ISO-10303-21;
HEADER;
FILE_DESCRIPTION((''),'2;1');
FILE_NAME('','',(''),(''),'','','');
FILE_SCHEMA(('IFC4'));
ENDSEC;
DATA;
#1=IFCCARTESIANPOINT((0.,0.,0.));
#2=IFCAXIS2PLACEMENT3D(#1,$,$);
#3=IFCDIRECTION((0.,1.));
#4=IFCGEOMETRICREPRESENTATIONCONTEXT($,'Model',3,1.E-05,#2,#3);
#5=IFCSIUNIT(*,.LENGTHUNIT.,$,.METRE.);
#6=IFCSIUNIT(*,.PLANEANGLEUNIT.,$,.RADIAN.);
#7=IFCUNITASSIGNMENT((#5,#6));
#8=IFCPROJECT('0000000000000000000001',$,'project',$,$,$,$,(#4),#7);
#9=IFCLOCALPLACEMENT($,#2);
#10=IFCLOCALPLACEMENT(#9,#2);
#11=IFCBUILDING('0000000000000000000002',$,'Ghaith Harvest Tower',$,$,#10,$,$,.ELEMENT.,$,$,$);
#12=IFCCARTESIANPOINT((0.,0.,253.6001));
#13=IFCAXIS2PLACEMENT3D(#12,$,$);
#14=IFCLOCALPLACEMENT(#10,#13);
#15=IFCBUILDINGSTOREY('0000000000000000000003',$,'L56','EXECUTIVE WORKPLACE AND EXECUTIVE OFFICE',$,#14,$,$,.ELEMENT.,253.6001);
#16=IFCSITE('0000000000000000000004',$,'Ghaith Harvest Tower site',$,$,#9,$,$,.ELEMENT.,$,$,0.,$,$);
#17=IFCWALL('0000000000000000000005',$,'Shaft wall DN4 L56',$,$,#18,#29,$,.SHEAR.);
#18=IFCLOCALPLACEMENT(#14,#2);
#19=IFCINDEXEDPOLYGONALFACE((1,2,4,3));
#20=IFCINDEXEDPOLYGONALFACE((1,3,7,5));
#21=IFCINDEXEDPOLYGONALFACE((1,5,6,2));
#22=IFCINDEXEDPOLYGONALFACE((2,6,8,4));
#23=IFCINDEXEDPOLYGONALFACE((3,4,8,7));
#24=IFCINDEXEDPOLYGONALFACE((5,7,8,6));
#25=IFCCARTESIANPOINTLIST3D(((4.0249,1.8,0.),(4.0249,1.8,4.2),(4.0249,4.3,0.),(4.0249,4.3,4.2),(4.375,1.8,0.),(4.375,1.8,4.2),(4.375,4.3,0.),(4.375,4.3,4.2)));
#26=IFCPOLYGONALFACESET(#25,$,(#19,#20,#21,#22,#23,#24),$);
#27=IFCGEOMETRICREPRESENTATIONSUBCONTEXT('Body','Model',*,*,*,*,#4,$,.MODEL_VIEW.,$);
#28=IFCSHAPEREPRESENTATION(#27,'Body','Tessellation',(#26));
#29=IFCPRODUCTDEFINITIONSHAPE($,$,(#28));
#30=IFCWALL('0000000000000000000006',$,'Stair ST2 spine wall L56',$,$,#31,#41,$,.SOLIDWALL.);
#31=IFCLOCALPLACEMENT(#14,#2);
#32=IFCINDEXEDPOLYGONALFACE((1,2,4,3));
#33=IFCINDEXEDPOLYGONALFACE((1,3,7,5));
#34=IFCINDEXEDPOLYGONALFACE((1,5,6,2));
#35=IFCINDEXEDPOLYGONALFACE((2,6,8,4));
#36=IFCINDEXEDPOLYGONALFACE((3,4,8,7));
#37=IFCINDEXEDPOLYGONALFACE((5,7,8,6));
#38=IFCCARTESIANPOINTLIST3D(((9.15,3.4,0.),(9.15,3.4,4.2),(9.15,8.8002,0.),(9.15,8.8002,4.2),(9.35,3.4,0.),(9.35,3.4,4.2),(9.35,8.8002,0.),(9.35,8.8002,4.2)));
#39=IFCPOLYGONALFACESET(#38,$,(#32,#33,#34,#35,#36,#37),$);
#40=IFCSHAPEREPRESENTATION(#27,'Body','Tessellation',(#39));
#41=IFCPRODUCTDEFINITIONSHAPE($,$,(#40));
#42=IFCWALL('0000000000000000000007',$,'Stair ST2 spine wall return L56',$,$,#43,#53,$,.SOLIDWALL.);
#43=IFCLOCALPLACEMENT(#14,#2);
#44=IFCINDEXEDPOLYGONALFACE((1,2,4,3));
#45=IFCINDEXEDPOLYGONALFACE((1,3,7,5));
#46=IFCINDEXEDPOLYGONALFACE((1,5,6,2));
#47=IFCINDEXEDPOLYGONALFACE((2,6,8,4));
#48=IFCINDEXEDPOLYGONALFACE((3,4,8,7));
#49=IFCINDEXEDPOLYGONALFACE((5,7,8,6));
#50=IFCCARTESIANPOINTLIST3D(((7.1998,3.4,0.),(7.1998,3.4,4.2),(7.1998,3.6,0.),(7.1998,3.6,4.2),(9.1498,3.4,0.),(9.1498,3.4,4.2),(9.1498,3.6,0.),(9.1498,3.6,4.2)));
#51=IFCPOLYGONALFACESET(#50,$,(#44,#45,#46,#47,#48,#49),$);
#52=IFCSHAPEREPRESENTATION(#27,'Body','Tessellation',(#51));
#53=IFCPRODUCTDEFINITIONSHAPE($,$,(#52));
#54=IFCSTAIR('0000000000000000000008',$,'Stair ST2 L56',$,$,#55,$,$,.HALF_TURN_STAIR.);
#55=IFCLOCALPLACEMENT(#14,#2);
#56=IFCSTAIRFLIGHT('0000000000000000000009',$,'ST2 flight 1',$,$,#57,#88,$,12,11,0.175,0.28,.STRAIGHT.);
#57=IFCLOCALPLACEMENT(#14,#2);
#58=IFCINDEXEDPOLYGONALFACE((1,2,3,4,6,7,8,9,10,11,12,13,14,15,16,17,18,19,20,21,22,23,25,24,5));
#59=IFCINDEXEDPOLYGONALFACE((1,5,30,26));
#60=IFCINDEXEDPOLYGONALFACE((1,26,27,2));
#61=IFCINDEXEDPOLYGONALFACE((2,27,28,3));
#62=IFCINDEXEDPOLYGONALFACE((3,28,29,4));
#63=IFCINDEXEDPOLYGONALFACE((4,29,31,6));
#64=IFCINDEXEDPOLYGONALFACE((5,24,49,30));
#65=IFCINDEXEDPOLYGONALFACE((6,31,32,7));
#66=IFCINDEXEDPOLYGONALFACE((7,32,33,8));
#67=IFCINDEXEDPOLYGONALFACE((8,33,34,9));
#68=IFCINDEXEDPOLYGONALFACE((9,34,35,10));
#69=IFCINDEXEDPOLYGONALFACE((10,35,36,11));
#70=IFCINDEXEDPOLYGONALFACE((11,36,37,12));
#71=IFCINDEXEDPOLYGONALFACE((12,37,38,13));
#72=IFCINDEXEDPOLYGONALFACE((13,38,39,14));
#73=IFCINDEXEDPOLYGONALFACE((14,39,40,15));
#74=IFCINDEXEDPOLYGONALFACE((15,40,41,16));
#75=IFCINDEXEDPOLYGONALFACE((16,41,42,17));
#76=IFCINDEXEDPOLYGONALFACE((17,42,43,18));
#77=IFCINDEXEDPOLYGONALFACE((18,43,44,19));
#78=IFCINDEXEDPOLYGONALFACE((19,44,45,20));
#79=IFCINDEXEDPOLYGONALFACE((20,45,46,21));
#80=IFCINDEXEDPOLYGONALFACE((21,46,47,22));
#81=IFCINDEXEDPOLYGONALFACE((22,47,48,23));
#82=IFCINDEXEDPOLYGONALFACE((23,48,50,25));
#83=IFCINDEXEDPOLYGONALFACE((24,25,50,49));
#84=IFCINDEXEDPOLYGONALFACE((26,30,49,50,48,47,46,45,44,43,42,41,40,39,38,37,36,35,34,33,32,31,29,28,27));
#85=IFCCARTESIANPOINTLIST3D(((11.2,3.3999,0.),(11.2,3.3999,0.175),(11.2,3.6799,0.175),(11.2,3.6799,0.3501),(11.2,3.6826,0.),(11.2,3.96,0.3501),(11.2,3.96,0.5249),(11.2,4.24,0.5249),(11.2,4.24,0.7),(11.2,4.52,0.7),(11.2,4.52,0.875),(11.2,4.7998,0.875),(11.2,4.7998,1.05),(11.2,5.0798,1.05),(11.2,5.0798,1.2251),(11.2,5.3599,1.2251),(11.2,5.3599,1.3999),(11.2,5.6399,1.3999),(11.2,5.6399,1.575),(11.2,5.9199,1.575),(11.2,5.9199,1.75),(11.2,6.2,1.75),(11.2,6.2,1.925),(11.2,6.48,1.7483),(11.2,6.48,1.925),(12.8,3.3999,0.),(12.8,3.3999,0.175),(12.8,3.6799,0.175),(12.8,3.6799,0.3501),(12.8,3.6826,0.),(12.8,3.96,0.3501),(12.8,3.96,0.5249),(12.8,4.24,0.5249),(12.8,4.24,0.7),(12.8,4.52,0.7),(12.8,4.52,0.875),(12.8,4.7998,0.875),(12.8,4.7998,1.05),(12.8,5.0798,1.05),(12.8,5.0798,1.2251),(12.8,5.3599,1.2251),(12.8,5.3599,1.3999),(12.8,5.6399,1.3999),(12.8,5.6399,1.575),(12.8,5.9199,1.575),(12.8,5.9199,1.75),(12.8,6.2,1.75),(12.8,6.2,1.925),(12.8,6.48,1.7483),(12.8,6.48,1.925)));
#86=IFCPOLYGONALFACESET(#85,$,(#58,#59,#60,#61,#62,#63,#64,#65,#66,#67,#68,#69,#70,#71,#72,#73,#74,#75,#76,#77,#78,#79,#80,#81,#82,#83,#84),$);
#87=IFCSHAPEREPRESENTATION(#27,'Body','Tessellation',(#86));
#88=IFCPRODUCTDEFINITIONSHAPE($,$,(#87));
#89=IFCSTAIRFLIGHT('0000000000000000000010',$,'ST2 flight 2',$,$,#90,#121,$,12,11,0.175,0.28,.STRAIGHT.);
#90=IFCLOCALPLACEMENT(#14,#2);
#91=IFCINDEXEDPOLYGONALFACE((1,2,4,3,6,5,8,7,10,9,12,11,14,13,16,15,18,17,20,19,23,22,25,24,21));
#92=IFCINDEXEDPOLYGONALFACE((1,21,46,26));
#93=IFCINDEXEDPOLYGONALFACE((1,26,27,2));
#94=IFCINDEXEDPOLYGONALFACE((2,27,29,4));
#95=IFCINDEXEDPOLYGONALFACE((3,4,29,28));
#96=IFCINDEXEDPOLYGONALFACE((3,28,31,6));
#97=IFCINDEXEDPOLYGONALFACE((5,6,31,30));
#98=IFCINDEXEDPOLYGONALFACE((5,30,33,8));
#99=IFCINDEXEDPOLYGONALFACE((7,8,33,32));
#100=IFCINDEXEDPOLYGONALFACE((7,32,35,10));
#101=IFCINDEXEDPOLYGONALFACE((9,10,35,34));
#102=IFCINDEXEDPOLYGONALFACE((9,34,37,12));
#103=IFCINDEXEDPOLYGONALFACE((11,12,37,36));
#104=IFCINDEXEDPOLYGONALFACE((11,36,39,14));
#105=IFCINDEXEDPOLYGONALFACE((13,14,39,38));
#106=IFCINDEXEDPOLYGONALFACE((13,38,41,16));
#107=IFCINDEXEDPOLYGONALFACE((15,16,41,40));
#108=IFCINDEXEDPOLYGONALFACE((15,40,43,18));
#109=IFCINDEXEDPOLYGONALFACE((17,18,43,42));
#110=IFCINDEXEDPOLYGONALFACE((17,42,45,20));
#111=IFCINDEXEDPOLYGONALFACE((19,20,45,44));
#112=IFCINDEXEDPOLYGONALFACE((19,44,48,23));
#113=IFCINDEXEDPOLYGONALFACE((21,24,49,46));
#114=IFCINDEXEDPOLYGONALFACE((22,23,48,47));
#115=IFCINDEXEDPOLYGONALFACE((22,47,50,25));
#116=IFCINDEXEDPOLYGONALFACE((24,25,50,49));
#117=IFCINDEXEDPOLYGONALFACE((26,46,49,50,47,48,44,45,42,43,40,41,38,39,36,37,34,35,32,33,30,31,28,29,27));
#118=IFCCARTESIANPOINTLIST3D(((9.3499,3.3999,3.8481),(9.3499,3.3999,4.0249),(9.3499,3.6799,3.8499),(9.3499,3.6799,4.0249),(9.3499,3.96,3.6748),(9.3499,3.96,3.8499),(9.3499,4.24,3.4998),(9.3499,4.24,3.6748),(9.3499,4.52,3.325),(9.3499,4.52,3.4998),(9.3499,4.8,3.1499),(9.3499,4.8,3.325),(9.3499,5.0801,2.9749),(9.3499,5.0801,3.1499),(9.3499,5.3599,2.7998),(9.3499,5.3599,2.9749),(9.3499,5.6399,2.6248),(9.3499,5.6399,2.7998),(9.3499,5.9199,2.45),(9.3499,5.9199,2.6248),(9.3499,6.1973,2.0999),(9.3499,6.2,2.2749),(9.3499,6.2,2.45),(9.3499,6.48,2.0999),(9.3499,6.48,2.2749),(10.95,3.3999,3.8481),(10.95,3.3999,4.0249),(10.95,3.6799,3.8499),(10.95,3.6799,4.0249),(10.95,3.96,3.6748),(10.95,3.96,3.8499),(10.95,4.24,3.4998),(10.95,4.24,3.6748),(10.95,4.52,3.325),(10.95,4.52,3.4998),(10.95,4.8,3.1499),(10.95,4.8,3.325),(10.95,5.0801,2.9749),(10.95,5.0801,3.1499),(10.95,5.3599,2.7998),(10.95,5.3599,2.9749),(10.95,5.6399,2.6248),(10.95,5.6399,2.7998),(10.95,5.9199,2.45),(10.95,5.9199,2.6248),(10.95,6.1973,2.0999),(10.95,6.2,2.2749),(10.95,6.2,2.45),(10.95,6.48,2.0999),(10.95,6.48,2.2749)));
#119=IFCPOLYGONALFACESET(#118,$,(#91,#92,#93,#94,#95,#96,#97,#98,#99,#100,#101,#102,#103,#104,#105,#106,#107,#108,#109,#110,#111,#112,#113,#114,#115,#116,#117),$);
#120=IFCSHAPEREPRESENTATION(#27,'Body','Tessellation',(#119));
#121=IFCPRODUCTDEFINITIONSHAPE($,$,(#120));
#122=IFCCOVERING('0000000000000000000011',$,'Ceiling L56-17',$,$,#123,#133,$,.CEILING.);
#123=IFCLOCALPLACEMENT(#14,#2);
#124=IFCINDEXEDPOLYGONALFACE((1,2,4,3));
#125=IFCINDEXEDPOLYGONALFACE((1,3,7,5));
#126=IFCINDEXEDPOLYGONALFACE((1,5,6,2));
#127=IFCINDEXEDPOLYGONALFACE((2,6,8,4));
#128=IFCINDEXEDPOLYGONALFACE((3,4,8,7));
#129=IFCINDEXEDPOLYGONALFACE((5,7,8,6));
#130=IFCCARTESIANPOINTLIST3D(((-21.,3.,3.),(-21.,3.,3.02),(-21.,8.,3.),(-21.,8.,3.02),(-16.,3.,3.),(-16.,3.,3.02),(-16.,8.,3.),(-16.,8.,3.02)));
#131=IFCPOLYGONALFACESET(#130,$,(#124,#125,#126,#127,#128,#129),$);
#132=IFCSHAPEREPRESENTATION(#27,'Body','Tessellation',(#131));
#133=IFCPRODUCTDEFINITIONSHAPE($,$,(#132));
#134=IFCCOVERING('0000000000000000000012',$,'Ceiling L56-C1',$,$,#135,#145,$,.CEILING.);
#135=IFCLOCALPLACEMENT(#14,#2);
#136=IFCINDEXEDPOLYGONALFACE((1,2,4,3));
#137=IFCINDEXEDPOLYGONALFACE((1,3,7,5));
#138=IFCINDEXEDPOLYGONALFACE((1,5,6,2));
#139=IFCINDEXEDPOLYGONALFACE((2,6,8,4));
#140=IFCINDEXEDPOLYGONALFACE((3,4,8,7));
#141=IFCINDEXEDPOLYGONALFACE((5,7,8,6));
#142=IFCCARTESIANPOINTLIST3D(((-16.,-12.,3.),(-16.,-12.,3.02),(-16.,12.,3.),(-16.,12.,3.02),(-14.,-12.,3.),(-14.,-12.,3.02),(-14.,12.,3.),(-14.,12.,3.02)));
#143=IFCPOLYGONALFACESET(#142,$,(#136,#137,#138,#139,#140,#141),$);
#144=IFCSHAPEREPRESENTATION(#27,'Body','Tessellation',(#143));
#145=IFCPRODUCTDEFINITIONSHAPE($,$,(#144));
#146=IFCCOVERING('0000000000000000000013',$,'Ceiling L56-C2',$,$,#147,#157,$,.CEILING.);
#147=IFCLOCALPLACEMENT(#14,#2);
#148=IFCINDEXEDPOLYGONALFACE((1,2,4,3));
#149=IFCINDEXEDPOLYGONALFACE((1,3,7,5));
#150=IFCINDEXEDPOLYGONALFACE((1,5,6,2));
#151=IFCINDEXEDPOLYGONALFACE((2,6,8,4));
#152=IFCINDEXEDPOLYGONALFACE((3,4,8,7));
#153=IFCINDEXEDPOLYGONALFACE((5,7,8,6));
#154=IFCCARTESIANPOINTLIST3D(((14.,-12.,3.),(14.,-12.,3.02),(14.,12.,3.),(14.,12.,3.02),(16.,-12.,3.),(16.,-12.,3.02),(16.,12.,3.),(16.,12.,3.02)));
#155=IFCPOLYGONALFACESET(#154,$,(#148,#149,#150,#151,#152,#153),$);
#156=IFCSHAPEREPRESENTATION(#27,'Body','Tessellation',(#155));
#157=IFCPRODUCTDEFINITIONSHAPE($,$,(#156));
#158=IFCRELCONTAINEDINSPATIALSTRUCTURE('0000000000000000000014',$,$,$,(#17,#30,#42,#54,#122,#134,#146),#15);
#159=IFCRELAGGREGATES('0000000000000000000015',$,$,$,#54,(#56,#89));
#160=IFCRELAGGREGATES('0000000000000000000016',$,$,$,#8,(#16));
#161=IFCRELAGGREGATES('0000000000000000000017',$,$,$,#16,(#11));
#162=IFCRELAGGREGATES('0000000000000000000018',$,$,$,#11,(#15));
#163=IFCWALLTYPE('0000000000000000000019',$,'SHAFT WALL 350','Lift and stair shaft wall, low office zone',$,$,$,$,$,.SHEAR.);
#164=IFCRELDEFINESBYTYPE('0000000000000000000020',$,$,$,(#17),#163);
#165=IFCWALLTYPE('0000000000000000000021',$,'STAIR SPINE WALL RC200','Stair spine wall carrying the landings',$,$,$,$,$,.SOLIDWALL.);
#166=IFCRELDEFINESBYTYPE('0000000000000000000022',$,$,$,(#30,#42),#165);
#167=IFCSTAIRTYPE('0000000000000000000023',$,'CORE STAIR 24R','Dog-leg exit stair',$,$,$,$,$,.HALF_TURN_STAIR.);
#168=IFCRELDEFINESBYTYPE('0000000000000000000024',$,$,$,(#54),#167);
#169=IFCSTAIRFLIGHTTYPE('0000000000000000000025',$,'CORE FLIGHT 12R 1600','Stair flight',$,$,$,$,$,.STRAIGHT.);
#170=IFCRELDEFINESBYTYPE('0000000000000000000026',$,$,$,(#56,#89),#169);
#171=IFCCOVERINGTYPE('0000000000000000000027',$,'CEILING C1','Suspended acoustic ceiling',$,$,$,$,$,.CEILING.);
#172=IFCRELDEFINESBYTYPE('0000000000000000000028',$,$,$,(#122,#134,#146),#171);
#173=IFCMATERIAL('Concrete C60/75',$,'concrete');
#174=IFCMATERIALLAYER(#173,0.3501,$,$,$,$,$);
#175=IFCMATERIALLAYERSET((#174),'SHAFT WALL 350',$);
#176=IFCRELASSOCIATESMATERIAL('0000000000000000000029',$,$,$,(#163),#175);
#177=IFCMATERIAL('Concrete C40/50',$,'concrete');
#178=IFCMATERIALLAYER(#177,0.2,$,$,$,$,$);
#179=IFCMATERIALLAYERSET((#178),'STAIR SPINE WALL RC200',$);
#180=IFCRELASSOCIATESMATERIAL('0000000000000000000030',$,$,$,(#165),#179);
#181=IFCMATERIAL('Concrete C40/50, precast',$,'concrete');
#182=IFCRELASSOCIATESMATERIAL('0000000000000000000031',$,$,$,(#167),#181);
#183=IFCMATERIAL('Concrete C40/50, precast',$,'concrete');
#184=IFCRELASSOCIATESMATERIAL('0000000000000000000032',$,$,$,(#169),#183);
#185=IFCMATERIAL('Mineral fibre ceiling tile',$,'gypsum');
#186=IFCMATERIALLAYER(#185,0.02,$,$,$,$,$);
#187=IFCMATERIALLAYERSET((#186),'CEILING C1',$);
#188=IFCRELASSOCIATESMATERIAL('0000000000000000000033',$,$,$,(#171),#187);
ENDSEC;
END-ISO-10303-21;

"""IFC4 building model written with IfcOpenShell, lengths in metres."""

from ifc_helpers import new_model, si_unit, direction, frame, frame_2d, origin, place, context, subcontext, project, spatial, polyline, rectangle, outline, extrude, material, layer, layer_set, type_object, element, aggregate, save


model = new_model("IFC4")

# Units and contexts
model_context = context("Model", 3, precision=1e-05, world=origin(), true_north=direction((0.0, 1.0)))
body_context = subcontext(model_context, "Body", "Model", "MODEL_VIEW")
ifc_project = project(units=[si_unit("LENGTHUNIT", "METRE"), si_unit("PLANEANGLEUNIT", "RADIAN")], contexts=[model_context])

# Site, building, storey
site_placement = place(None, origin())
site = spatial("IfcSite", under=ifc_project, at=site_placement, Name="Ghaith Harvest Tower site", CompositionType="ELEMENT", RefElevation=0.0)
building_placement = place(site_placement, origin())
building = spatial("IfcBuilding", under=site, at=building_placement, Name="Ghaith Harvest Tower", CompositionType="ELEMENT")
storey_placement = place(building_placement, frame((0.0, 0.0, 253.6001)))
storey = spatial("IfcBuildingStorey", under=building, at=storey_placement, Name="L56", Description="EXECUTIVE WORKPLACE AND EXECUTIVE OFFICE", CompositionType="ELEMENT", Elevation=253.6001)

# Shared definitions
ifc_material_1 = material(Name="Concrete C60/75", Category="concrete")
ifc_layer_1 = layer(ifc_material_1, 0.3501)
ifc_layer_set_1 = layer_set([ifc_layer_1], Name="SHAFT WALL 350")
wall_type_1 = type_object("IfcWallType", Name="SHAFT WALL 350", Description="Lift and stair shaft wall, low office zone", PredefinedType="SHEAR", material=ifc_layer_set_1)

# Walls
wall_1_placement = place(storey_placement, frame((4.2, 1.8, 0.0), z_axis=(0.0, 0.0, 1.0), x_axis=(0.0, 1.0, 0.0)))
element("IfcWall", 1, at=wall_1_placement, inside=storey, type_object=wall_type_1, Name="Shaft wall DN4 L56", PredefinedType="SHEAR", context=body_context, shape_type="SweptSolid", body=[
    extrude(rectangle(XDim=2.5, YDim=0.3501, at=frame_2d((1.25, 0.0))), origin(), (0.0, 0.0, 1.0), 4.2),
])
ifc_material_2 = material(Name="Concrete C40/50", Category="concrete")
ifc_layer_2 = layer(ifc_material_2, 0.2)
ifc_layer_set_2 = layer_set([ifc_layer_2], Name="STAIR SPINE WALL RC200")
wall_type_2 = type_object("IfcWallType", Name="STAIR SPINE WALL RC200", Description="Stair spine wall carrying the landings", PredefinedType="SOLIDWALL", material=ifc_layer_set_2)
wall_2_placement = place(storey_placement, frame((9.25, 3.3999, 0.0), z_axis=(0.0, 0.0, 1.0), x_axis=(0.0, 1.0, 0.0)))
element("IfcWall", 2, at=wall_2_placement, inside=storey, type_object=wall_type_2, Name="Stair ST2 spine wall L56", PredefinedType="SOLIDWALL", context=body_context, shape_type="SweptSolid", body=[
    extrude(rectangle(XDim=5.4001, YDim=0.2, at=frame_2d((2.7002, 0.0))), origin(), (0.0, 0.0, 1.0), 4.2),
])
wall_3_placement = place(storey_placement, frame((9.1499, 3.5, 0.0), z_axis=(0.0, 0.0, 1.0), x_axis=(-1.0, 0.0, 0.0)))
element("IfcWall", 3, at=wall_3_placement, inside=storey, type_object=wall_type_2, Name="Stair ST2 spine wall return L56", PredefinedType="SOLIDWALL", context=body_context, shape_type="SweptSolid", body=[
    extrude(rectangle(XDim=1.95, YDim=0.2, at=frame_2d((0.9751, 0.0))), origin(), (0.0, 0.0, 1.0), 4.2),
])

# Stair, stair flights
ifc_material_3 = material(Name="Concrete C40/50, precast", Category="concrete")
stair_type = type_object("IfcStairType", Name="CORE STAIR 24R", Description="Dog-leg exit stair", PredefinedType="HALF_TURN_STAIR", material=ifc_material_3)
stair_placement = place(storey_placement, origin())
stair = element("IfcStair", 4, at=stair_placement, inside=storey, type_object=stair_type, Name="Stair ST2 L56", PredefinedType="HALF_TURN_STAIR")
ifc_material_4 = material(Name="Concrete C40/50, precast", Category="concrete")
stair_flight_type = type_object("IfcStairFlightType", Name="CORE FLIGHT 12R 1600", Description="Stair flight", PredefinedType="STRAIGHT", material=ifc_material_4)
stair_flight_1_placement = place(storey_placement, frame((12.0, 3.3999, 0.0), z_axis=(0.0, 0.0, 1.0), x_axis=(0.0, 1.0, 0.0)))
stair_flight_1 = element("IfcStairFlight", 5, at=stair_flight_1_placement, type_object=stair_flight_type, Name="ST2 flight 1", NumberOfRisers=12, NumberOfTreads=11, PredefinedType="STRAIGHT", RiserHeight=0.175, TreadLength=0.28, context=body_context, shape_type="SweptSolid", body=[
    extrude(outline(polyline([(0.0, 0.0), (0.0, 0.175), (0.28, 0.175), (0.28, 0.3501), (0.5601, 0.3501), (0.5601, 0.5249), (0.8401, 0.5249), (0.8401, 0.7), (1.1201, 0.7), (1.1201, 0.875), (1.3999, 0.875), (1.3999, 1.05), (1.6799, 1.05), (1.6799, 1.2251), (1.96, 1.2251), (1.96, 1.3999), (2.24, 1.3999), (2.24, 1.575), (2.52, 1.575), (2.52, 1.75), (2.8, 1.75), (2.8, 1.925), (3.0801, 1.925), (3.0801, 2.1001), (3.0801, 1.7483), (0.2827, 0.0), (0.0, 0.0)])), frame((0.0, 0.8, 0.0), z_axis=(0.0, -1.0, 0.0), x_axis=(1.0, 0.0, 0.0)), (0.0, 0.0, 1.0), 1.6001),
])
stair_flight_2_placement = place(storey_placement, frame((10.1499, 6.48, 2.0999), z_axis=(0.0, 0.0, 1.0), x_axis=(0.0, -1.0, 0.0)))
stair_flight_2 = element("IfcStairFlight", 6, at=stair_flight_2_placement, type_object=stair_flight_type, Name="ST2 flight 2", NumberOfRisers=12, NumberOfTreads=11, PredefinedType="STRAIGHT", RiserHeight=0.175, TreadLength=0.28, context=body_context, shape_type="SweptSolid", body=[
    extrude(outline(polyline([(0.0, 0.0), (0.0, 0.175), (0.28, 0.175), (0.28, 0.3501), (0.5601, 0.3501), (0.5601, 0.5249), (0.8401, 0.5249), (0.8401, 0.7), (1.1201, 0.7), (1.1201, 0.875), (1.3999, 0.875), (1.3999, 1.05), (1.6799, 1.05), (1.6799, 1.2251), (1.96, 1.2251), (1.96, 1.3999), (2.24, 1.3999), (2.24, 1.575), (2.52, 1.575), (2.52, 1.75), (2.8, 1.75), (2.8, 1.925), (3.0801, 1.925), (3.0801, 2.1001), (3.0801, 1.7483), (0.2827, 0.0), (0.0, 0.0)])), frame((0.0, 0.8, 0.0), z_axis=(0.0, -1.0, 0.0), x_axis=(1.0, 0.0, 0.0)), (0.0, 0.0, 1.0), 1.6001),
])
aggregate(stair, [stair_flight_1, stair_flight_2])

# Coverings
ifc_material_5 = material(Name="Mineral fibre ceiling tile", Category="gypsum")
ifc_layer_3 = layer(ifc_material_5, 0.02)
ifc_layer_set_3 = layer_set([ifc_layer_3], Name="CEILING C1")
covering_type = type_object("IfcCoveringType", Name="CEILING C1", Description="Suspended acoustic ceiling", PredefinedType="CEILING", material=ifc_layer_set_3)
covering_1_placement = place(storey_placement, frame((0.0, 0.0, 3.0)))
element("IfcCovering", 7, at=covering_1_placement, inside=storey, type_object=covering_type, Name="Ceiling L56-17", PredefinedType="CEILING", context=body_context, shape_type="SweptSolid", body=[
    extrude(outline(polyline([(-21.0, 3.0), (-16.0, 3.0), (-16.0, 8.0), (-21.0, 8.0), (-21.0, 3.0)])), origin(), (0.0, 0.0, 1.0), 0.02),
])
covering_2_placement = place(storey_placement, frame((0.0, 0.0, 3.0)))
element("IfcCovering", 8, at=covering_2_placement, inside=storey, type_object=covering_type, Name="Ceiling L56-C1", PredefinedType="CEILING", context=body_context, shape_type="SweptSolid", body=[
    extrude(outline(polyline([(-14.0, 12.0), (-14.0, -12.0), (-16.0, -12.0), (-16.0, 12.0), (-14.0, 12.0)])), origin(), (0.0, 0.0, 1.0), 0.02),
])
covering_3_placement = place(storey_placement, frame((0.0, 0.0, 3.0)))
element("IfcCovering", 9, at=covering_3_placement, inside=storey, type_object=covering_type, Name="Ceiling L56-C2", PredefinedType="CEILING", context=body_context, shape_type="SweptSolid", body=[
    extrude(outline(polyline([(14.0, -12.0), (14.0, 12.0), (16.0, 12.0), (16.0, -12.0), (14.0, -12.0)])), origin(), (0.0, 0.0, 1.0), 0.02),
])

save(model, "model.ifc")
